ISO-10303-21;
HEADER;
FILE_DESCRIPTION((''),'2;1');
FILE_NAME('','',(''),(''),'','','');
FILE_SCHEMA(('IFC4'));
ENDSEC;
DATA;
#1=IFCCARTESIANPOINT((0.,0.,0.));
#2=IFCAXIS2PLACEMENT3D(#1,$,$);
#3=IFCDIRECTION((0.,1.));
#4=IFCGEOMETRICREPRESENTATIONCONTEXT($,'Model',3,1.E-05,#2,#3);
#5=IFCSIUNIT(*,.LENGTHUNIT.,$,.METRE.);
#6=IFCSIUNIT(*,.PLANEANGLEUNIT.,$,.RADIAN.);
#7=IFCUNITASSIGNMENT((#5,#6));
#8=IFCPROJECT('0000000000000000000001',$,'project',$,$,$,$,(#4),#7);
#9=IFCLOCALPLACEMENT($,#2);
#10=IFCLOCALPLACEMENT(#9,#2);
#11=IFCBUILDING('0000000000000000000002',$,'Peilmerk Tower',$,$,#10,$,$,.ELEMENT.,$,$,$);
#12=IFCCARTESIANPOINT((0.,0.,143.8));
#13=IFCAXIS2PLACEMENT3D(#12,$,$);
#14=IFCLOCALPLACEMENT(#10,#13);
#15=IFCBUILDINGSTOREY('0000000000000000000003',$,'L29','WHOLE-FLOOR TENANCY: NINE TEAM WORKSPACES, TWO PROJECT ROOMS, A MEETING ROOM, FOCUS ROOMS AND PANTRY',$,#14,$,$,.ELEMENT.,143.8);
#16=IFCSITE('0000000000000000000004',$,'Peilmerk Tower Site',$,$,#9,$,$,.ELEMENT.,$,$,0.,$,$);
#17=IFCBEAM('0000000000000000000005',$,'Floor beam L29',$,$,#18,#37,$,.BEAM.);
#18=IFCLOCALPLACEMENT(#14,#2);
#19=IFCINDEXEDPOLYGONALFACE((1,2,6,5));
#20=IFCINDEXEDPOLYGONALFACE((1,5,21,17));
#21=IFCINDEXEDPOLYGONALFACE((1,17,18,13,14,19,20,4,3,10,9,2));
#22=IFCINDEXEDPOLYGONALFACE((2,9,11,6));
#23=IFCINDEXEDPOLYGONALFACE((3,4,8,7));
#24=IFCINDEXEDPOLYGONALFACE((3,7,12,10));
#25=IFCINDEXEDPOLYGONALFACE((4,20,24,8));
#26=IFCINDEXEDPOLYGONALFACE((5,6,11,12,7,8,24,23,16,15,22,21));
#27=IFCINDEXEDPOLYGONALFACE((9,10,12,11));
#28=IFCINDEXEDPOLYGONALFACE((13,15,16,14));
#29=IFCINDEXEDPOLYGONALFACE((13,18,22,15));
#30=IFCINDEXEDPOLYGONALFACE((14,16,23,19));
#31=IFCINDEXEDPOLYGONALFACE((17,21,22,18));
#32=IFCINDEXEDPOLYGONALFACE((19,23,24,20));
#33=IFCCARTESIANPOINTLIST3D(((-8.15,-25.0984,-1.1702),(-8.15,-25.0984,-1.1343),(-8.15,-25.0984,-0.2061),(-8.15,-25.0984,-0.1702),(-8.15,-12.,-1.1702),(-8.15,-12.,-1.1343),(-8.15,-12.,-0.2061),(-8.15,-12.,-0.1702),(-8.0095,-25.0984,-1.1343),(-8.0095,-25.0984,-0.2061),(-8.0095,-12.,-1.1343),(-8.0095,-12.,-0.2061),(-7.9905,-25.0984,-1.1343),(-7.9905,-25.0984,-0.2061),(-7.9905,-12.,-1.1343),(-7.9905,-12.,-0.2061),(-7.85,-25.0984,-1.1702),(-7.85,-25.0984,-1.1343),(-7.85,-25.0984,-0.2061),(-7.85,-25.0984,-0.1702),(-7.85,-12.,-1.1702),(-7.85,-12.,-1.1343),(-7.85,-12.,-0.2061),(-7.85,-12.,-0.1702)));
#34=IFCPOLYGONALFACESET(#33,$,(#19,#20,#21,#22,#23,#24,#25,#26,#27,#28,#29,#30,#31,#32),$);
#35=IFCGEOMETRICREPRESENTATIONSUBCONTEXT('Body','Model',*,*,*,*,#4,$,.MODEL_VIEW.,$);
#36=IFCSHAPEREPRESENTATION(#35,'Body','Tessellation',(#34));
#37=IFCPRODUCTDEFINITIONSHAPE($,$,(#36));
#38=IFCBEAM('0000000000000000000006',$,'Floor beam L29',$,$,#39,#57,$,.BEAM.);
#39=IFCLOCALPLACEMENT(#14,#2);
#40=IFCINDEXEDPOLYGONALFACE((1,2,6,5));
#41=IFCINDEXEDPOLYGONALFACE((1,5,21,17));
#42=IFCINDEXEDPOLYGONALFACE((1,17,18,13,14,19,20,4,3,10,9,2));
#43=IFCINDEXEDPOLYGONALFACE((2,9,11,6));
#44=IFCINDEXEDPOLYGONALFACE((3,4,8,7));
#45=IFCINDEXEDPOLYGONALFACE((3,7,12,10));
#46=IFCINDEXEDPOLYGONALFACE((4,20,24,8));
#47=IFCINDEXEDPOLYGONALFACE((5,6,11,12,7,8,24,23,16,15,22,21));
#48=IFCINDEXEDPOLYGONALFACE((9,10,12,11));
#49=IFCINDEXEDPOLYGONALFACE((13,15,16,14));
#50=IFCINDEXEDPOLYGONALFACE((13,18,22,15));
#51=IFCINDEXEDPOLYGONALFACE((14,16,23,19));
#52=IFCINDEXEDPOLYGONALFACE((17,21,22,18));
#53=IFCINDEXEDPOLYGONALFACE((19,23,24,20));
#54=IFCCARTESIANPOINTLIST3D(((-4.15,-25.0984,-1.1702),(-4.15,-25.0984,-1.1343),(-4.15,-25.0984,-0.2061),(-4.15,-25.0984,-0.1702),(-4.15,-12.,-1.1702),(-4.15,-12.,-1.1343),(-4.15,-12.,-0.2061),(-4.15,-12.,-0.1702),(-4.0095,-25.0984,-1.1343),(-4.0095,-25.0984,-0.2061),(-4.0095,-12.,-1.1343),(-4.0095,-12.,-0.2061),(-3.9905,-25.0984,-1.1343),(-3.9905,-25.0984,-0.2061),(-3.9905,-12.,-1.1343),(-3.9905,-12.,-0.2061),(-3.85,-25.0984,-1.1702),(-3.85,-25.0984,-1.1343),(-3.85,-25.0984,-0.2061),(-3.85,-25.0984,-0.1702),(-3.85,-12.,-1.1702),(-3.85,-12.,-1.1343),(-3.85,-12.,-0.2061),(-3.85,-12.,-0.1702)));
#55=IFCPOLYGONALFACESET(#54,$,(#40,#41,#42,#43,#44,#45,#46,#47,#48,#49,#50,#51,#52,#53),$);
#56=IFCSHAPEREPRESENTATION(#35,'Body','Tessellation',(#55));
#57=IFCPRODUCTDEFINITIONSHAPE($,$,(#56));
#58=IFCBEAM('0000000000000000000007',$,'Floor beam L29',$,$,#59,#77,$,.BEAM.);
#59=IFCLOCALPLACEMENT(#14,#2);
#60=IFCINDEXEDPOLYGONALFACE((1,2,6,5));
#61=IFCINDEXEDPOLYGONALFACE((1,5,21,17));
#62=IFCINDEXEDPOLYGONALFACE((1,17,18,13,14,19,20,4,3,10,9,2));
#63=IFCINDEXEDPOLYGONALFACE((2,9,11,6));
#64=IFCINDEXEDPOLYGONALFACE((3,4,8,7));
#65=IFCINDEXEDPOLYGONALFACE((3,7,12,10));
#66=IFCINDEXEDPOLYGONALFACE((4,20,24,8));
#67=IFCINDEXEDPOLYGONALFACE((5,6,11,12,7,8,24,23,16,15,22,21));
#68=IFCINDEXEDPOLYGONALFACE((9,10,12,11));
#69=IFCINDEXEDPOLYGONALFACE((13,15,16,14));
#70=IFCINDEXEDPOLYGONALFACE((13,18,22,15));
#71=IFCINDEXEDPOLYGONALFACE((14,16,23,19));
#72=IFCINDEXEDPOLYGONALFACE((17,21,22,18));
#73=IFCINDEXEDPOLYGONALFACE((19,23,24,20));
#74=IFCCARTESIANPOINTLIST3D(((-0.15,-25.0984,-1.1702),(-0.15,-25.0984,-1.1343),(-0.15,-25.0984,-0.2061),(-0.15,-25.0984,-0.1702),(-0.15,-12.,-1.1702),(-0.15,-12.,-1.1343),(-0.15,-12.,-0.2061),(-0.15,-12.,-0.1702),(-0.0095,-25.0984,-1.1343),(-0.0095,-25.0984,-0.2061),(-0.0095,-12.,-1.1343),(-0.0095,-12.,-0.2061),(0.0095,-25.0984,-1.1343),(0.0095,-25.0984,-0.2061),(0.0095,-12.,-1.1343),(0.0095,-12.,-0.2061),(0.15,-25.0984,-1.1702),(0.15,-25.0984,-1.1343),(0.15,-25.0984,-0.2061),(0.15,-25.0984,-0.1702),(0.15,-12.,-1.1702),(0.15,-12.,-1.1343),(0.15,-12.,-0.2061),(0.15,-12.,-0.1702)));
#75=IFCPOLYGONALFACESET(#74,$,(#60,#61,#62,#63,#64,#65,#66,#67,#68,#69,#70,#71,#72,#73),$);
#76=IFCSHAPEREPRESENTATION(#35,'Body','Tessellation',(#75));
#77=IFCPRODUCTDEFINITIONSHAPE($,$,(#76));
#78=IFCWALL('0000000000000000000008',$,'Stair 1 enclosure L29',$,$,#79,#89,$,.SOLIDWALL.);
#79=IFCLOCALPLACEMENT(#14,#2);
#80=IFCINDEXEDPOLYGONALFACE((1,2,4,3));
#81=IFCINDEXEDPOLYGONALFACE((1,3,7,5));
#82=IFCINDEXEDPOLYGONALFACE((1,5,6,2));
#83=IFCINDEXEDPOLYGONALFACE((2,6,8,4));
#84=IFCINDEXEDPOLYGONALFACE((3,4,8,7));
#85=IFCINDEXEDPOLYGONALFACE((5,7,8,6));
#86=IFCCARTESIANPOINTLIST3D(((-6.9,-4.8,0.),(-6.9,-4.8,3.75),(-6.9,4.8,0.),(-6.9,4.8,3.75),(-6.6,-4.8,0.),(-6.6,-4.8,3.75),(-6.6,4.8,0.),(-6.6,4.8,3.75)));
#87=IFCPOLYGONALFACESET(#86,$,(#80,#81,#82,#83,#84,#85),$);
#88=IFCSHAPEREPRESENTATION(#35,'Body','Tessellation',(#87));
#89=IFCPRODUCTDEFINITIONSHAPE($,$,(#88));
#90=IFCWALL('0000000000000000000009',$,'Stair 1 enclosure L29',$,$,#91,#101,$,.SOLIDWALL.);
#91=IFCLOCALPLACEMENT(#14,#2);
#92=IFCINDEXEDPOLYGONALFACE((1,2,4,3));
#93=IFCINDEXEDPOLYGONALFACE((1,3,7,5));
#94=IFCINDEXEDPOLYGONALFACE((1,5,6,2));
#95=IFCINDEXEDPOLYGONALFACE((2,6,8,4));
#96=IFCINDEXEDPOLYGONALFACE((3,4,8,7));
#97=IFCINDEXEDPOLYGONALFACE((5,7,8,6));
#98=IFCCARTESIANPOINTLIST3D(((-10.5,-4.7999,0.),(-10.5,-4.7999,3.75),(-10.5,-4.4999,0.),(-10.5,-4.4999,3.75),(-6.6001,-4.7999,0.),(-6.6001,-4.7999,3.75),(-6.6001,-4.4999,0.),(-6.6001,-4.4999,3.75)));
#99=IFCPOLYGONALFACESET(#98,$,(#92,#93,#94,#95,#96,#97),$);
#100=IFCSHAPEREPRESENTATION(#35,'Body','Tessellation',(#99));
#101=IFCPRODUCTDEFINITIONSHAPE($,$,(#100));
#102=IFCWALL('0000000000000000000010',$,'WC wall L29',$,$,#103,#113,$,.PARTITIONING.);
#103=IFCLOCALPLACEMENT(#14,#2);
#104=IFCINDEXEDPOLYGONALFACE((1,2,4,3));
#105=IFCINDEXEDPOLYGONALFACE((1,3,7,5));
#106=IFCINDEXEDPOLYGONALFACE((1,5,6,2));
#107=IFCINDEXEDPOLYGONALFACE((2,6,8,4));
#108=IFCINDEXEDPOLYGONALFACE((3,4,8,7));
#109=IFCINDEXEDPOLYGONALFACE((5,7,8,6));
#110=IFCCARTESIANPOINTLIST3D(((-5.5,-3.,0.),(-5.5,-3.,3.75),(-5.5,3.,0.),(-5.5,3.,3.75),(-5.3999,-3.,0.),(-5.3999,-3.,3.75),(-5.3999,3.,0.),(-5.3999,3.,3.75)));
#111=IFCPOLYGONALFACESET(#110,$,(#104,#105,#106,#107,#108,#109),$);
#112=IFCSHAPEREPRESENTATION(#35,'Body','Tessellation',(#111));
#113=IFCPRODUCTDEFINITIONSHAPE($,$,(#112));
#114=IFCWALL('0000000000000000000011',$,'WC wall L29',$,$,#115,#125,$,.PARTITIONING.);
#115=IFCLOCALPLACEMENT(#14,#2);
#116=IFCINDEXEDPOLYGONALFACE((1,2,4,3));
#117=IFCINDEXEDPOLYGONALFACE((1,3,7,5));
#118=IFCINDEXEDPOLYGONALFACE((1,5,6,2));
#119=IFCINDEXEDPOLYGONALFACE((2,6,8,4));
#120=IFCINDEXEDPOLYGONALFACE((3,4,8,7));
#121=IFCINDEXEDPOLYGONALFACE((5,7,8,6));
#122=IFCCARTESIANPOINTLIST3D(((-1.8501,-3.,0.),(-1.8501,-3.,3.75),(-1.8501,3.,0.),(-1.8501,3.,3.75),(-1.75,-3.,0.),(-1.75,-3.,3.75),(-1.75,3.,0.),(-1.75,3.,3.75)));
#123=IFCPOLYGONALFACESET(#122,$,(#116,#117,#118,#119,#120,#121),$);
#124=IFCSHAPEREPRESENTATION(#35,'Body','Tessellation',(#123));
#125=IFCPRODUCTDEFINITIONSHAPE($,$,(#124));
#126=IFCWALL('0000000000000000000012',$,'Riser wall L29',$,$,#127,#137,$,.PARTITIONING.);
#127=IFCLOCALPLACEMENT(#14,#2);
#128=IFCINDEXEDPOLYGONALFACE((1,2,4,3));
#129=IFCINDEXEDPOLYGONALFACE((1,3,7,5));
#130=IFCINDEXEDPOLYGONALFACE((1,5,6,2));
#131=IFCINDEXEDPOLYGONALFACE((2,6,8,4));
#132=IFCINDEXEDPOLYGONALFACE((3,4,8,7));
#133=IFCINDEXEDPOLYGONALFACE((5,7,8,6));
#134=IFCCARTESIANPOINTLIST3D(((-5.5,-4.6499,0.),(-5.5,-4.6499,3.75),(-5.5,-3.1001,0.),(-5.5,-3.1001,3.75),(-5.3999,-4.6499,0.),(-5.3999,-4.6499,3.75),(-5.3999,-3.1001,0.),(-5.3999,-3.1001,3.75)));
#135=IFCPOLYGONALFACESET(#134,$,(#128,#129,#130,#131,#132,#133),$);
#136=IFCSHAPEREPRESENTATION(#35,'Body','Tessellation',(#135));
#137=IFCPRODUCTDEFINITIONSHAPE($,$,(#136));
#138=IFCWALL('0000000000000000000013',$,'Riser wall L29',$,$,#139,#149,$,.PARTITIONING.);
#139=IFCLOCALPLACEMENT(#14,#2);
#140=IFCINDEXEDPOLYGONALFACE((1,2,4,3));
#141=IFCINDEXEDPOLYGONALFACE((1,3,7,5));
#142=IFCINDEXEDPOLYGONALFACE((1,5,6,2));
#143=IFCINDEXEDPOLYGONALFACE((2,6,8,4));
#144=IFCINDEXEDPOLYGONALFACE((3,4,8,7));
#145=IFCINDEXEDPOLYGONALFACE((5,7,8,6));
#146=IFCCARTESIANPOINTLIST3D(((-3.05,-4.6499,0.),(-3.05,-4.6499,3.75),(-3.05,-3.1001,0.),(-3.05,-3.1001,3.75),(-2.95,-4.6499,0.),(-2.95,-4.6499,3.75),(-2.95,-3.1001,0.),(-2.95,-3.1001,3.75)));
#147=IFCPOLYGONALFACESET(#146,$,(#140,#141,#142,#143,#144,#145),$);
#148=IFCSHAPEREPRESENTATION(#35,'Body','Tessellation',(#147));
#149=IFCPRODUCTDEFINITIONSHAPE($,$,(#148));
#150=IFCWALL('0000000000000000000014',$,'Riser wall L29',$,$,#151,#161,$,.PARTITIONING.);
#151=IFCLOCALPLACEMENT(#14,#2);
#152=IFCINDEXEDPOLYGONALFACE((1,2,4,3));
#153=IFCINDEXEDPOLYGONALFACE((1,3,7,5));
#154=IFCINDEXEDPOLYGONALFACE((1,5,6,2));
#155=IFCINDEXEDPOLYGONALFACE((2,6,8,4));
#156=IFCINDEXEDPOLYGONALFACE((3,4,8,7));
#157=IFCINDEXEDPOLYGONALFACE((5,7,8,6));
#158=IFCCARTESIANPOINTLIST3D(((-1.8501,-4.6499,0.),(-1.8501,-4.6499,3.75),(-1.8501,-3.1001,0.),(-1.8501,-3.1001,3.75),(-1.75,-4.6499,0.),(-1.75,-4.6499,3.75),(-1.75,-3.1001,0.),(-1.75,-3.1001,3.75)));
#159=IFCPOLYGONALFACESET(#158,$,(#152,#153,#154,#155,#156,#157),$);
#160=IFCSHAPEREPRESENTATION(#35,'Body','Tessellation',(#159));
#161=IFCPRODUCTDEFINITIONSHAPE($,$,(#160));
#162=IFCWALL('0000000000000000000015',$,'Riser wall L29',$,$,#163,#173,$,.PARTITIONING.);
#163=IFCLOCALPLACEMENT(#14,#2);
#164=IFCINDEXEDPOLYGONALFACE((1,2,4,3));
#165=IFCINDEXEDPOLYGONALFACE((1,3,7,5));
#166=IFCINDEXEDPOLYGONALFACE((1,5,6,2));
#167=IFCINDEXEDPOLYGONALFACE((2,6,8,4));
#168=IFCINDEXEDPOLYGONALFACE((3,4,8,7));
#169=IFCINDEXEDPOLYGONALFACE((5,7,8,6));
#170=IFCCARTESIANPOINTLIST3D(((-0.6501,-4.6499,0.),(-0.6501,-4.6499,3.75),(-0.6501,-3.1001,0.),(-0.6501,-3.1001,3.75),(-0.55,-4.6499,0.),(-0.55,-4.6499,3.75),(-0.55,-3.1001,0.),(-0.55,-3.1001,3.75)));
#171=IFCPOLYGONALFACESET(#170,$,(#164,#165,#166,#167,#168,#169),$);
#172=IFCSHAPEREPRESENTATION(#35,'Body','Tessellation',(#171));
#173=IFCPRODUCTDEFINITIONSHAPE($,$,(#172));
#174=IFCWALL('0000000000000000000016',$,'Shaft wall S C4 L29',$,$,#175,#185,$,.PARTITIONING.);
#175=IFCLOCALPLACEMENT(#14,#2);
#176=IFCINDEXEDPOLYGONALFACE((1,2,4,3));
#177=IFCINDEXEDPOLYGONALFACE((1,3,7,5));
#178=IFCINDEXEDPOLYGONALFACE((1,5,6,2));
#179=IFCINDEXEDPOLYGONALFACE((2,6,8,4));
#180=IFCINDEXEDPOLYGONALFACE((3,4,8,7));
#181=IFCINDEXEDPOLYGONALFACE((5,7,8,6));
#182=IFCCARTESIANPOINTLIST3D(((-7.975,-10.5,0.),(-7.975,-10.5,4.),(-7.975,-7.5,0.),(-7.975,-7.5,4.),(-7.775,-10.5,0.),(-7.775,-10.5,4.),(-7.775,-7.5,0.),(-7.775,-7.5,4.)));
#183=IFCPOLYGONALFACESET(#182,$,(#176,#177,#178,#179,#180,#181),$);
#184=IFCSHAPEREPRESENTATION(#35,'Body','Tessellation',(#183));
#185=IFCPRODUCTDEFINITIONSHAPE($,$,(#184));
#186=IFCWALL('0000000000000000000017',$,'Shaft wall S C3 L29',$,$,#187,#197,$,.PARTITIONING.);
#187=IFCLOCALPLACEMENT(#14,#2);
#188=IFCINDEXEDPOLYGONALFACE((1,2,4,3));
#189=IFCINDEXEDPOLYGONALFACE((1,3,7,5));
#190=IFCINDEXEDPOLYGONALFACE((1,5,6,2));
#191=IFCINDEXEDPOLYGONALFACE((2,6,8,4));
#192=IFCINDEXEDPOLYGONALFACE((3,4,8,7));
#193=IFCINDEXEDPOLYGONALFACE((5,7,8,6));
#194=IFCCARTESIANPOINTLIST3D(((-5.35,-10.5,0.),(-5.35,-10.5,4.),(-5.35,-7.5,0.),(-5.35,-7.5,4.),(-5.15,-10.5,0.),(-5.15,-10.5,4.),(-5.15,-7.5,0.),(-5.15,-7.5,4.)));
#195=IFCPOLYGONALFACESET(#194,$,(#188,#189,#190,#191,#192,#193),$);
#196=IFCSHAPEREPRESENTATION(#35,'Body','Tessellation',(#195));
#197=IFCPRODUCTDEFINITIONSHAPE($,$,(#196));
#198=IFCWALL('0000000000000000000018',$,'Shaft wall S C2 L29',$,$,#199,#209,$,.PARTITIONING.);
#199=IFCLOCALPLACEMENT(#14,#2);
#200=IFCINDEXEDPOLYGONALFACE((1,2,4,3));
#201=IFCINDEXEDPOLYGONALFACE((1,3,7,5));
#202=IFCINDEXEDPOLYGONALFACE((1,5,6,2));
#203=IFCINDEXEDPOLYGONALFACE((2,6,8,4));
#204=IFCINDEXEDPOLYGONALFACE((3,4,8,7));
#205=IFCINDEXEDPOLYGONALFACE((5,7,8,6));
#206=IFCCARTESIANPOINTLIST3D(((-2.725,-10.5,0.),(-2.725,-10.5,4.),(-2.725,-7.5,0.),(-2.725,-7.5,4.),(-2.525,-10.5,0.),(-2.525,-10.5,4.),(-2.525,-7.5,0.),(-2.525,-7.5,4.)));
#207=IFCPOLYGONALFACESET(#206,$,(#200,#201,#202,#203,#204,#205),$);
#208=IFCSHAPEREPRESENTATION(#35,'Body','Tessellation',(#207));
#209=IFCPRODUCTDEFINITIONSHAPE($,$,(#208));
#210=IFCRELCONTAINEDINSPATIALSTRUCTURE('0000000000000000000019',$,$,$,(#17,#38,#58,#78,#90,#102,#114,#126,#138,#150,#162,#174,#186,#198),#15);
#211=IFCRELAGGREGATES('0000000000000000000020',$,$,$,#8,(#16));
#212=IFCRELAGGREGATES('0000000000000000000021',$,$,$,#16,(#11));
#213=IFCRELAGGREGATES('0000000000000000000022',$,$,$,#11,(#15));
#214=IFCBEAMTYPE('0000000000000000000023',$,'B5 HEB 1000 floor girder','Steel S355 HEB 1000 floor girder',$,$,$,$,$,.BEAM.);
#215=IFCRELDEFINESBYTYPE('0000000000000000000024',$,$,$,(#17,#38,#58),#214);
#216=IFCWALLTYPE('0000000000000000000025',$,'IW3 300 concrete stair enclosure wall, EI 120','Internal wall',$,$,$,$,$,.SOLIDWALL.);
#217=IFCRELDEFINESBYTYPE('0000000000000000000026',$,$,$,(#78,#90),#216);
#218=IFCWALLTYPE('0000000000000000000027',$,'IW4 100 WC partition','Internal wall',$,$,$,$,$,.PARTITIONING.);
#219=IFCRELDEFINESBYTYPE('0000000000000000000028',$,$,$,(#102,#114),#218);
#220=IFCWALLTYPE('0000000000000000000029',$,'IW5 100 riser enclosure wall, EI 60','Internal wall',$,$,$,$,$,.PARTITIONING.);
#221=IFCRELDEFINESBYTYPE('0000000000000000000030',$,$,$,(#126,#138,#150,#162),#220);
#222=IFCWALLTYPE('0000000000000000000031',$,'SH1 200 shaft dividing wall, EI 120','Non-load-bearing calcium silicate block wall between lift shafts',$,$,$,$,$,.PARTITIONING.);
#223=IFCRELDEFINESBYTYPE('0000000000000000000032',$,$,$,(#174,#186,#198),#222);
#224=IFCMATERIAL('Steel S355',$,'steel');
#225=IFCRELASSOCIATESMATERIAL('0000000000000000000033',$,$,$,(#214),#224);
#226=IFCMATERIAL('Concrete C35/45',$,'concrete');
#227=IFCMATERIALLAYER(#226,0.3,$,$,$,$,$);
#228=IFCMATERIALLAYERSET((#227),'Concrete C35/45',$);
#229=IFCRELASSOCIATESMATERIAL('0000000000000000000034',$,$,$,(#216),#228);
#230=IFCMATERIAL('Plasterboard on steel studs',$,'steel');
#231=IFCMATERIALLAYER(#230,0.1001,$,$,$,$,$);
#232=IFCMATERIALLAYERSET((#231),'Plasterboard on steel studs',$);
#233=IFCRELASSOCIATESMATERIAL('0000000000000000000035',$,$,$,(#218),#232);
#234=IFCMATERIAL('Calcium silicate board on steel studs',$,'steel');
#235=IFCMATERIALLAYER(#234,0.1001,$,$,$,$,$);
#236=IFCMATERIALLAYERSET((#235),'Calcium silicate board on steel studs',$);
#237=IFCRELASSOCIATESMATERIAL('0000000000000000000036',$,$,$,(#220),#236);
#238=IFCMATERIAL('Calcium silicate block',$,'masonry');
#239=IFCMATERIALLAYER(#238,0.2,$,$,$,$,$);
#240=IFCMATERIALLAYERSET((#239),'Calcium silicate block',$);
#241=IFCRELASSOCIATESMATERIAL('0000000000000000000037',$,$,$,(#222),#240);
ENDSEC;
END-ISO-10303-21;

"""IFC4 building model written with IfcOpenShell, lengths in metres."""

from ifc_helpers import new_model, si_unit, direction, frame, frame_2d, origin, origin_2d, place, context, subcontext, project, spatial, rectangle, i_section, extrude, material, layer, layer_set, material_profile, profile_set, type_object, element, save


model = new_model("IFC4")

# Units and contexts
model_context = context("Model", 3, precision=1e-05, world=origin(), true_north=direction((0.0, 1.0)))
body_context = subcontext(model_context, "Body", "Model", "MODEL_VIEW")
ifc_project = project(units=[si_unit("LENGTHUNIT", "METRE"), si_unit("PLANEANGLEUNIT", "RADIAN")], contexts=[model_context])

# Site, building, storey
site_placement = place(None, origin())
site = spatial("IfcSite", under=ifc_project, at=site_placement, Name="Peilmerk Tower Site", CompositionType="ELEMENT", RefElevation=0.0)
building_placement = place(site_placement, origin())
building = spatial("IfcBuilding", under=site, at=building_placement, Name="Peilmerk Tower", CompositionType="ELEMENT")
storey_placement = place(building_placement, frame((0.0, 0.0, 143.8)))
storey = spatial("IfcBuildingStorey", under=building, at=storey_placement, Name="L29", Description="WHOLE-FLOOR TENANCY: NINE TEAM WORKSPACES, TWO PROJECT ROOMS, A MEETING ROOM, FOCUS ROOMS AND PANTRY", CompositionType="ELEMENT", Elevation=143.8)

# Beams
ifc_material_1 = material(Name="Steel S355", Category="steel")
ifc_material_profile = material_profile(ifc_material_1, i_section(OverallWidth=0.3, OverallDepth=1.0, WebThickness=0.019, FlangeThickness=0.0359, at=origin_2d()), Name="HEB 1000")
ifc_profile_set = profile_set([ifc_material_profile], Name="Steel S355")
beam_type = type_object("IfcBeamType", Name="B5 HEB 1000 floor girder", Description="Steel S355 HEB 1000 floor girder", PredefinedType="BEAM", material=ifc_profile_set)
for number, where, z_axis, x_axis, name in (
    (1, (-8.0, -12.0, -0.6702), (0.0, -1.0, 0.0), (1.0, 0.0, 0.0), "Floor beam L29"),
    (2, (-4.0, -12.0, -0.6702), (0.0, -1.0, 0.0), (1.0, 0.0, 0.0), "Floor beam L29"),
    (3, (0.0, -12.0, -0.6702), (0.0, -1.0, 0.0), (1.0, 0.0, 0.0), "Floor beam L29"),
):
    element("IfcBeam", number, at=place(storey_placement, frame(where, z_axis=z_axis, x_axis=x_axis)), inside=storey, type_object=beam_type, Name=name, PredefinedType="BEAM", context=body_context, shape_type="SweptSolid", body=[
        extrude(i_section(OverallWidth=0.3, OverallDepth=1.0, WebThickness=0.019, FlangeThickness=0.0359, at=origin_2d()), origin(), (0.0, 0.0, 1.0), 13.0984),
    ])

# Walls
ifc_material_2 = material(Name="Concrete C35/45", Category="concrete")
ifc_layer_1 = layer(ifc_material_2, 0.3)
ifc_layer_set_1 = layer_set([ifc_layer_1], Name="Concrete C35/45")
wall_type_1 = type_object("IfcWallType", Name="IW3 300 concrete stair enclosure wall, EI 120", Description="Internal wall", PredefinedType="SOLIDWALL", material=ifc_layer_set_1)
wall_1_placement = place(storey_placement, frame((-6.75, -4.8, 0.0), z_axis=(0.0, 0.0, 1.0), x_axis=(0.0, 1.0, 0.0)))
element("IfcWall", 4, at=wall_1_placement, inside=storey, type_object=wall_type_1, Name="Stair 1 enclosure L29", PredefinedType="SOLIDWALL", context=body_context, shape_type="SweptSolid", body=[
    extrude(rectangle(XDim=9.6001, YDim=0.3, at=frame_2d((4.8, 0.0))), origin(), (0.0, 0.0, 1.0), 3.75),
])
wall_2_placement = place(storey_placement, frame((-6.6001, -4.6499, 0.0), z_axis=(0.0, 0.0, 1.0), x_axis=(-1.0, 0.0, 0.0)))
element("IfcWall", 5, at=wall_2_placement, inside=storey, type_object=wall_type_1, Name="Stair 1 enclosure L29", PredefinedType="SOLIDWALL", context=body_context, shape_type="SweptSolid", body=[
    extrude(rectangle(XDim=3.8999, YDim=0.3, at=frame_2d((1.95, 0.0))), origin(), (0.0, 0.0, 1.0), 3.75),
])
ifc_material_3 = material(Name="Plasterboard on steel studs", Category="steel")
ifc_layer_2 = layer(ifc_material_3, 0.1001)
ifc_layer_set_2 = layer_set([ifc_layer_2], Name="Plasterboard on steel studs")
wall_type_2 = type_object("IfcWallType", Name="IW4 100 WC partition", Description="Internal wall", PredefinedType="PARTITIONING", material=ifc_layer_set_2)
for number, where, z_axis, x_axis, name in (
    (6, (-5.45, -3.0, 0.0), (0.0, 0.0, 1.0), (0.0, 1.0, 0.0), "WC wall L29"),
    (7, (-1.8, -3.0, 0.0), (0.0, 0.0, 1.0), (0.0, 1.0, 0.0), "WC wall L29"),
):
    element("IfcWall", number, at=place(storey_placement, frame(where, z_axis=z_axis, x_axis=x_axis)), inside=storey, type_object=wall_type_2, Name=name, PredefinedType="PARTITIONING", context=body_context, shape_type="SweptSolid", body=[
        extrude(rectangle(XDim=6.0, YDim=0.1001, at=frame_2d((3.0, 0.0))), origin(), (0.0, 0.0, 1.0), 3.75),
    ])
ifc_material_4 = material(Name="Calcium silicate board on steel studs", Category="steel")
ifc_layer_3 = layer(ifc_material_4, 0.1001)
ifc_layer_set_3 = layer_set([ifc_layer_3], Name="Calcium silicate board on steel studs")
wall_type_3 = type_object("IfcWallType", Name="IW5 100 riser enclosure wall, EI 60", Description="Internal wall", PredefinedType="PARTITIONING", material=ifc_layer_set_3)
for number, where, z_axis, x_axis, name in (
    (8, (-5.45, -3.1001, 0.0), (0.0, 0.0, 1.0), (0.0, -1.0, 0.0), "Riser wall L29"),
    (9, (-3.0, -3.1001, 0.0), (0.0, 0.0, 1.0), (0.0, -1.0, 0.0), "Riser wall L29"),
    (10, (-1.8, -3.1001, 0.0), (0.0, 0.0, 1.0), (0.0, -1.0, 0.0), "Riser wall L29"),
    (11, (-0.6001, -3.1001, 0.0), (0.0, 0.0, 1.0), (0.0, -1.0, 0.0), "Riser wall L29"),
):
    element("IfcWall", number, at=place(storey_placement, frame(where, z_axis=z_axis, x_axis=x_axis)), inside=storey, type_object=wall_type_3, Name=name, PredefinedType="PARTITIONING", context=body_context, shape_type="SweptSolid", body=[
        extrude(rectangle(XDim=1.5498, YDim=0.1001, at=frame_2d((0.7749, 0.0))), origin(), (0.0, 0.0, 1.0), 3.75),
    ])
ifc_material_5 = material(Name="Calcium silicate block", Category="masonry")
ifc_layer_4 = layer(ifc_material_5, 0.2)
ifc_layer_set_4 = layer_set([ifc_layer_4], Name="Calcium silicate block")
wall_type_4 = type_object("IfcWallType", Name="SH1 200 shaft dividing wall, EI 120", Description="Non-load-bearing calcium silicate block wall between lift shafts", PredefinedType="PARTITIONING", material=ifc_layer_set_4)
for number, where, z_axis, x_axis, name in (
    (12, (-7.875, -10.5, 0.0), (0.0, 0.0, 1.0), (0.0, 1.0, 0.0), "Shaft wall S C4 L29"),
    (13, (-5.25, -10.5, 0.0), (0.0, 0.0, 1.0), (0.0, 1.0, 0.0), "Shaft wall S C3 L29"),
    (14, (-2.625, -10.5, 0.0), (0.0, 0.0, 1.0), (0.0, 1.0, 0.0), "Shaft wall S C2 L29"),
):
    element("IfcWall", number, at=place(storey_placement, frame(where, z_axis=z_axis, x_axis=x_axis)), inside=storey, type_object=wall_type_4, Name=name, PredefinedType="PARTITIONING", context=body_context, shape_type="SweptSolid", body=[
        extrude(rectangle(XDim=3.0, YDim=0.2, at=frame_2d((1.5, 0.0))), origin(), (0.0, 0.0, 1.0), 4.0),
    ])

save(model, "model.ifc")
